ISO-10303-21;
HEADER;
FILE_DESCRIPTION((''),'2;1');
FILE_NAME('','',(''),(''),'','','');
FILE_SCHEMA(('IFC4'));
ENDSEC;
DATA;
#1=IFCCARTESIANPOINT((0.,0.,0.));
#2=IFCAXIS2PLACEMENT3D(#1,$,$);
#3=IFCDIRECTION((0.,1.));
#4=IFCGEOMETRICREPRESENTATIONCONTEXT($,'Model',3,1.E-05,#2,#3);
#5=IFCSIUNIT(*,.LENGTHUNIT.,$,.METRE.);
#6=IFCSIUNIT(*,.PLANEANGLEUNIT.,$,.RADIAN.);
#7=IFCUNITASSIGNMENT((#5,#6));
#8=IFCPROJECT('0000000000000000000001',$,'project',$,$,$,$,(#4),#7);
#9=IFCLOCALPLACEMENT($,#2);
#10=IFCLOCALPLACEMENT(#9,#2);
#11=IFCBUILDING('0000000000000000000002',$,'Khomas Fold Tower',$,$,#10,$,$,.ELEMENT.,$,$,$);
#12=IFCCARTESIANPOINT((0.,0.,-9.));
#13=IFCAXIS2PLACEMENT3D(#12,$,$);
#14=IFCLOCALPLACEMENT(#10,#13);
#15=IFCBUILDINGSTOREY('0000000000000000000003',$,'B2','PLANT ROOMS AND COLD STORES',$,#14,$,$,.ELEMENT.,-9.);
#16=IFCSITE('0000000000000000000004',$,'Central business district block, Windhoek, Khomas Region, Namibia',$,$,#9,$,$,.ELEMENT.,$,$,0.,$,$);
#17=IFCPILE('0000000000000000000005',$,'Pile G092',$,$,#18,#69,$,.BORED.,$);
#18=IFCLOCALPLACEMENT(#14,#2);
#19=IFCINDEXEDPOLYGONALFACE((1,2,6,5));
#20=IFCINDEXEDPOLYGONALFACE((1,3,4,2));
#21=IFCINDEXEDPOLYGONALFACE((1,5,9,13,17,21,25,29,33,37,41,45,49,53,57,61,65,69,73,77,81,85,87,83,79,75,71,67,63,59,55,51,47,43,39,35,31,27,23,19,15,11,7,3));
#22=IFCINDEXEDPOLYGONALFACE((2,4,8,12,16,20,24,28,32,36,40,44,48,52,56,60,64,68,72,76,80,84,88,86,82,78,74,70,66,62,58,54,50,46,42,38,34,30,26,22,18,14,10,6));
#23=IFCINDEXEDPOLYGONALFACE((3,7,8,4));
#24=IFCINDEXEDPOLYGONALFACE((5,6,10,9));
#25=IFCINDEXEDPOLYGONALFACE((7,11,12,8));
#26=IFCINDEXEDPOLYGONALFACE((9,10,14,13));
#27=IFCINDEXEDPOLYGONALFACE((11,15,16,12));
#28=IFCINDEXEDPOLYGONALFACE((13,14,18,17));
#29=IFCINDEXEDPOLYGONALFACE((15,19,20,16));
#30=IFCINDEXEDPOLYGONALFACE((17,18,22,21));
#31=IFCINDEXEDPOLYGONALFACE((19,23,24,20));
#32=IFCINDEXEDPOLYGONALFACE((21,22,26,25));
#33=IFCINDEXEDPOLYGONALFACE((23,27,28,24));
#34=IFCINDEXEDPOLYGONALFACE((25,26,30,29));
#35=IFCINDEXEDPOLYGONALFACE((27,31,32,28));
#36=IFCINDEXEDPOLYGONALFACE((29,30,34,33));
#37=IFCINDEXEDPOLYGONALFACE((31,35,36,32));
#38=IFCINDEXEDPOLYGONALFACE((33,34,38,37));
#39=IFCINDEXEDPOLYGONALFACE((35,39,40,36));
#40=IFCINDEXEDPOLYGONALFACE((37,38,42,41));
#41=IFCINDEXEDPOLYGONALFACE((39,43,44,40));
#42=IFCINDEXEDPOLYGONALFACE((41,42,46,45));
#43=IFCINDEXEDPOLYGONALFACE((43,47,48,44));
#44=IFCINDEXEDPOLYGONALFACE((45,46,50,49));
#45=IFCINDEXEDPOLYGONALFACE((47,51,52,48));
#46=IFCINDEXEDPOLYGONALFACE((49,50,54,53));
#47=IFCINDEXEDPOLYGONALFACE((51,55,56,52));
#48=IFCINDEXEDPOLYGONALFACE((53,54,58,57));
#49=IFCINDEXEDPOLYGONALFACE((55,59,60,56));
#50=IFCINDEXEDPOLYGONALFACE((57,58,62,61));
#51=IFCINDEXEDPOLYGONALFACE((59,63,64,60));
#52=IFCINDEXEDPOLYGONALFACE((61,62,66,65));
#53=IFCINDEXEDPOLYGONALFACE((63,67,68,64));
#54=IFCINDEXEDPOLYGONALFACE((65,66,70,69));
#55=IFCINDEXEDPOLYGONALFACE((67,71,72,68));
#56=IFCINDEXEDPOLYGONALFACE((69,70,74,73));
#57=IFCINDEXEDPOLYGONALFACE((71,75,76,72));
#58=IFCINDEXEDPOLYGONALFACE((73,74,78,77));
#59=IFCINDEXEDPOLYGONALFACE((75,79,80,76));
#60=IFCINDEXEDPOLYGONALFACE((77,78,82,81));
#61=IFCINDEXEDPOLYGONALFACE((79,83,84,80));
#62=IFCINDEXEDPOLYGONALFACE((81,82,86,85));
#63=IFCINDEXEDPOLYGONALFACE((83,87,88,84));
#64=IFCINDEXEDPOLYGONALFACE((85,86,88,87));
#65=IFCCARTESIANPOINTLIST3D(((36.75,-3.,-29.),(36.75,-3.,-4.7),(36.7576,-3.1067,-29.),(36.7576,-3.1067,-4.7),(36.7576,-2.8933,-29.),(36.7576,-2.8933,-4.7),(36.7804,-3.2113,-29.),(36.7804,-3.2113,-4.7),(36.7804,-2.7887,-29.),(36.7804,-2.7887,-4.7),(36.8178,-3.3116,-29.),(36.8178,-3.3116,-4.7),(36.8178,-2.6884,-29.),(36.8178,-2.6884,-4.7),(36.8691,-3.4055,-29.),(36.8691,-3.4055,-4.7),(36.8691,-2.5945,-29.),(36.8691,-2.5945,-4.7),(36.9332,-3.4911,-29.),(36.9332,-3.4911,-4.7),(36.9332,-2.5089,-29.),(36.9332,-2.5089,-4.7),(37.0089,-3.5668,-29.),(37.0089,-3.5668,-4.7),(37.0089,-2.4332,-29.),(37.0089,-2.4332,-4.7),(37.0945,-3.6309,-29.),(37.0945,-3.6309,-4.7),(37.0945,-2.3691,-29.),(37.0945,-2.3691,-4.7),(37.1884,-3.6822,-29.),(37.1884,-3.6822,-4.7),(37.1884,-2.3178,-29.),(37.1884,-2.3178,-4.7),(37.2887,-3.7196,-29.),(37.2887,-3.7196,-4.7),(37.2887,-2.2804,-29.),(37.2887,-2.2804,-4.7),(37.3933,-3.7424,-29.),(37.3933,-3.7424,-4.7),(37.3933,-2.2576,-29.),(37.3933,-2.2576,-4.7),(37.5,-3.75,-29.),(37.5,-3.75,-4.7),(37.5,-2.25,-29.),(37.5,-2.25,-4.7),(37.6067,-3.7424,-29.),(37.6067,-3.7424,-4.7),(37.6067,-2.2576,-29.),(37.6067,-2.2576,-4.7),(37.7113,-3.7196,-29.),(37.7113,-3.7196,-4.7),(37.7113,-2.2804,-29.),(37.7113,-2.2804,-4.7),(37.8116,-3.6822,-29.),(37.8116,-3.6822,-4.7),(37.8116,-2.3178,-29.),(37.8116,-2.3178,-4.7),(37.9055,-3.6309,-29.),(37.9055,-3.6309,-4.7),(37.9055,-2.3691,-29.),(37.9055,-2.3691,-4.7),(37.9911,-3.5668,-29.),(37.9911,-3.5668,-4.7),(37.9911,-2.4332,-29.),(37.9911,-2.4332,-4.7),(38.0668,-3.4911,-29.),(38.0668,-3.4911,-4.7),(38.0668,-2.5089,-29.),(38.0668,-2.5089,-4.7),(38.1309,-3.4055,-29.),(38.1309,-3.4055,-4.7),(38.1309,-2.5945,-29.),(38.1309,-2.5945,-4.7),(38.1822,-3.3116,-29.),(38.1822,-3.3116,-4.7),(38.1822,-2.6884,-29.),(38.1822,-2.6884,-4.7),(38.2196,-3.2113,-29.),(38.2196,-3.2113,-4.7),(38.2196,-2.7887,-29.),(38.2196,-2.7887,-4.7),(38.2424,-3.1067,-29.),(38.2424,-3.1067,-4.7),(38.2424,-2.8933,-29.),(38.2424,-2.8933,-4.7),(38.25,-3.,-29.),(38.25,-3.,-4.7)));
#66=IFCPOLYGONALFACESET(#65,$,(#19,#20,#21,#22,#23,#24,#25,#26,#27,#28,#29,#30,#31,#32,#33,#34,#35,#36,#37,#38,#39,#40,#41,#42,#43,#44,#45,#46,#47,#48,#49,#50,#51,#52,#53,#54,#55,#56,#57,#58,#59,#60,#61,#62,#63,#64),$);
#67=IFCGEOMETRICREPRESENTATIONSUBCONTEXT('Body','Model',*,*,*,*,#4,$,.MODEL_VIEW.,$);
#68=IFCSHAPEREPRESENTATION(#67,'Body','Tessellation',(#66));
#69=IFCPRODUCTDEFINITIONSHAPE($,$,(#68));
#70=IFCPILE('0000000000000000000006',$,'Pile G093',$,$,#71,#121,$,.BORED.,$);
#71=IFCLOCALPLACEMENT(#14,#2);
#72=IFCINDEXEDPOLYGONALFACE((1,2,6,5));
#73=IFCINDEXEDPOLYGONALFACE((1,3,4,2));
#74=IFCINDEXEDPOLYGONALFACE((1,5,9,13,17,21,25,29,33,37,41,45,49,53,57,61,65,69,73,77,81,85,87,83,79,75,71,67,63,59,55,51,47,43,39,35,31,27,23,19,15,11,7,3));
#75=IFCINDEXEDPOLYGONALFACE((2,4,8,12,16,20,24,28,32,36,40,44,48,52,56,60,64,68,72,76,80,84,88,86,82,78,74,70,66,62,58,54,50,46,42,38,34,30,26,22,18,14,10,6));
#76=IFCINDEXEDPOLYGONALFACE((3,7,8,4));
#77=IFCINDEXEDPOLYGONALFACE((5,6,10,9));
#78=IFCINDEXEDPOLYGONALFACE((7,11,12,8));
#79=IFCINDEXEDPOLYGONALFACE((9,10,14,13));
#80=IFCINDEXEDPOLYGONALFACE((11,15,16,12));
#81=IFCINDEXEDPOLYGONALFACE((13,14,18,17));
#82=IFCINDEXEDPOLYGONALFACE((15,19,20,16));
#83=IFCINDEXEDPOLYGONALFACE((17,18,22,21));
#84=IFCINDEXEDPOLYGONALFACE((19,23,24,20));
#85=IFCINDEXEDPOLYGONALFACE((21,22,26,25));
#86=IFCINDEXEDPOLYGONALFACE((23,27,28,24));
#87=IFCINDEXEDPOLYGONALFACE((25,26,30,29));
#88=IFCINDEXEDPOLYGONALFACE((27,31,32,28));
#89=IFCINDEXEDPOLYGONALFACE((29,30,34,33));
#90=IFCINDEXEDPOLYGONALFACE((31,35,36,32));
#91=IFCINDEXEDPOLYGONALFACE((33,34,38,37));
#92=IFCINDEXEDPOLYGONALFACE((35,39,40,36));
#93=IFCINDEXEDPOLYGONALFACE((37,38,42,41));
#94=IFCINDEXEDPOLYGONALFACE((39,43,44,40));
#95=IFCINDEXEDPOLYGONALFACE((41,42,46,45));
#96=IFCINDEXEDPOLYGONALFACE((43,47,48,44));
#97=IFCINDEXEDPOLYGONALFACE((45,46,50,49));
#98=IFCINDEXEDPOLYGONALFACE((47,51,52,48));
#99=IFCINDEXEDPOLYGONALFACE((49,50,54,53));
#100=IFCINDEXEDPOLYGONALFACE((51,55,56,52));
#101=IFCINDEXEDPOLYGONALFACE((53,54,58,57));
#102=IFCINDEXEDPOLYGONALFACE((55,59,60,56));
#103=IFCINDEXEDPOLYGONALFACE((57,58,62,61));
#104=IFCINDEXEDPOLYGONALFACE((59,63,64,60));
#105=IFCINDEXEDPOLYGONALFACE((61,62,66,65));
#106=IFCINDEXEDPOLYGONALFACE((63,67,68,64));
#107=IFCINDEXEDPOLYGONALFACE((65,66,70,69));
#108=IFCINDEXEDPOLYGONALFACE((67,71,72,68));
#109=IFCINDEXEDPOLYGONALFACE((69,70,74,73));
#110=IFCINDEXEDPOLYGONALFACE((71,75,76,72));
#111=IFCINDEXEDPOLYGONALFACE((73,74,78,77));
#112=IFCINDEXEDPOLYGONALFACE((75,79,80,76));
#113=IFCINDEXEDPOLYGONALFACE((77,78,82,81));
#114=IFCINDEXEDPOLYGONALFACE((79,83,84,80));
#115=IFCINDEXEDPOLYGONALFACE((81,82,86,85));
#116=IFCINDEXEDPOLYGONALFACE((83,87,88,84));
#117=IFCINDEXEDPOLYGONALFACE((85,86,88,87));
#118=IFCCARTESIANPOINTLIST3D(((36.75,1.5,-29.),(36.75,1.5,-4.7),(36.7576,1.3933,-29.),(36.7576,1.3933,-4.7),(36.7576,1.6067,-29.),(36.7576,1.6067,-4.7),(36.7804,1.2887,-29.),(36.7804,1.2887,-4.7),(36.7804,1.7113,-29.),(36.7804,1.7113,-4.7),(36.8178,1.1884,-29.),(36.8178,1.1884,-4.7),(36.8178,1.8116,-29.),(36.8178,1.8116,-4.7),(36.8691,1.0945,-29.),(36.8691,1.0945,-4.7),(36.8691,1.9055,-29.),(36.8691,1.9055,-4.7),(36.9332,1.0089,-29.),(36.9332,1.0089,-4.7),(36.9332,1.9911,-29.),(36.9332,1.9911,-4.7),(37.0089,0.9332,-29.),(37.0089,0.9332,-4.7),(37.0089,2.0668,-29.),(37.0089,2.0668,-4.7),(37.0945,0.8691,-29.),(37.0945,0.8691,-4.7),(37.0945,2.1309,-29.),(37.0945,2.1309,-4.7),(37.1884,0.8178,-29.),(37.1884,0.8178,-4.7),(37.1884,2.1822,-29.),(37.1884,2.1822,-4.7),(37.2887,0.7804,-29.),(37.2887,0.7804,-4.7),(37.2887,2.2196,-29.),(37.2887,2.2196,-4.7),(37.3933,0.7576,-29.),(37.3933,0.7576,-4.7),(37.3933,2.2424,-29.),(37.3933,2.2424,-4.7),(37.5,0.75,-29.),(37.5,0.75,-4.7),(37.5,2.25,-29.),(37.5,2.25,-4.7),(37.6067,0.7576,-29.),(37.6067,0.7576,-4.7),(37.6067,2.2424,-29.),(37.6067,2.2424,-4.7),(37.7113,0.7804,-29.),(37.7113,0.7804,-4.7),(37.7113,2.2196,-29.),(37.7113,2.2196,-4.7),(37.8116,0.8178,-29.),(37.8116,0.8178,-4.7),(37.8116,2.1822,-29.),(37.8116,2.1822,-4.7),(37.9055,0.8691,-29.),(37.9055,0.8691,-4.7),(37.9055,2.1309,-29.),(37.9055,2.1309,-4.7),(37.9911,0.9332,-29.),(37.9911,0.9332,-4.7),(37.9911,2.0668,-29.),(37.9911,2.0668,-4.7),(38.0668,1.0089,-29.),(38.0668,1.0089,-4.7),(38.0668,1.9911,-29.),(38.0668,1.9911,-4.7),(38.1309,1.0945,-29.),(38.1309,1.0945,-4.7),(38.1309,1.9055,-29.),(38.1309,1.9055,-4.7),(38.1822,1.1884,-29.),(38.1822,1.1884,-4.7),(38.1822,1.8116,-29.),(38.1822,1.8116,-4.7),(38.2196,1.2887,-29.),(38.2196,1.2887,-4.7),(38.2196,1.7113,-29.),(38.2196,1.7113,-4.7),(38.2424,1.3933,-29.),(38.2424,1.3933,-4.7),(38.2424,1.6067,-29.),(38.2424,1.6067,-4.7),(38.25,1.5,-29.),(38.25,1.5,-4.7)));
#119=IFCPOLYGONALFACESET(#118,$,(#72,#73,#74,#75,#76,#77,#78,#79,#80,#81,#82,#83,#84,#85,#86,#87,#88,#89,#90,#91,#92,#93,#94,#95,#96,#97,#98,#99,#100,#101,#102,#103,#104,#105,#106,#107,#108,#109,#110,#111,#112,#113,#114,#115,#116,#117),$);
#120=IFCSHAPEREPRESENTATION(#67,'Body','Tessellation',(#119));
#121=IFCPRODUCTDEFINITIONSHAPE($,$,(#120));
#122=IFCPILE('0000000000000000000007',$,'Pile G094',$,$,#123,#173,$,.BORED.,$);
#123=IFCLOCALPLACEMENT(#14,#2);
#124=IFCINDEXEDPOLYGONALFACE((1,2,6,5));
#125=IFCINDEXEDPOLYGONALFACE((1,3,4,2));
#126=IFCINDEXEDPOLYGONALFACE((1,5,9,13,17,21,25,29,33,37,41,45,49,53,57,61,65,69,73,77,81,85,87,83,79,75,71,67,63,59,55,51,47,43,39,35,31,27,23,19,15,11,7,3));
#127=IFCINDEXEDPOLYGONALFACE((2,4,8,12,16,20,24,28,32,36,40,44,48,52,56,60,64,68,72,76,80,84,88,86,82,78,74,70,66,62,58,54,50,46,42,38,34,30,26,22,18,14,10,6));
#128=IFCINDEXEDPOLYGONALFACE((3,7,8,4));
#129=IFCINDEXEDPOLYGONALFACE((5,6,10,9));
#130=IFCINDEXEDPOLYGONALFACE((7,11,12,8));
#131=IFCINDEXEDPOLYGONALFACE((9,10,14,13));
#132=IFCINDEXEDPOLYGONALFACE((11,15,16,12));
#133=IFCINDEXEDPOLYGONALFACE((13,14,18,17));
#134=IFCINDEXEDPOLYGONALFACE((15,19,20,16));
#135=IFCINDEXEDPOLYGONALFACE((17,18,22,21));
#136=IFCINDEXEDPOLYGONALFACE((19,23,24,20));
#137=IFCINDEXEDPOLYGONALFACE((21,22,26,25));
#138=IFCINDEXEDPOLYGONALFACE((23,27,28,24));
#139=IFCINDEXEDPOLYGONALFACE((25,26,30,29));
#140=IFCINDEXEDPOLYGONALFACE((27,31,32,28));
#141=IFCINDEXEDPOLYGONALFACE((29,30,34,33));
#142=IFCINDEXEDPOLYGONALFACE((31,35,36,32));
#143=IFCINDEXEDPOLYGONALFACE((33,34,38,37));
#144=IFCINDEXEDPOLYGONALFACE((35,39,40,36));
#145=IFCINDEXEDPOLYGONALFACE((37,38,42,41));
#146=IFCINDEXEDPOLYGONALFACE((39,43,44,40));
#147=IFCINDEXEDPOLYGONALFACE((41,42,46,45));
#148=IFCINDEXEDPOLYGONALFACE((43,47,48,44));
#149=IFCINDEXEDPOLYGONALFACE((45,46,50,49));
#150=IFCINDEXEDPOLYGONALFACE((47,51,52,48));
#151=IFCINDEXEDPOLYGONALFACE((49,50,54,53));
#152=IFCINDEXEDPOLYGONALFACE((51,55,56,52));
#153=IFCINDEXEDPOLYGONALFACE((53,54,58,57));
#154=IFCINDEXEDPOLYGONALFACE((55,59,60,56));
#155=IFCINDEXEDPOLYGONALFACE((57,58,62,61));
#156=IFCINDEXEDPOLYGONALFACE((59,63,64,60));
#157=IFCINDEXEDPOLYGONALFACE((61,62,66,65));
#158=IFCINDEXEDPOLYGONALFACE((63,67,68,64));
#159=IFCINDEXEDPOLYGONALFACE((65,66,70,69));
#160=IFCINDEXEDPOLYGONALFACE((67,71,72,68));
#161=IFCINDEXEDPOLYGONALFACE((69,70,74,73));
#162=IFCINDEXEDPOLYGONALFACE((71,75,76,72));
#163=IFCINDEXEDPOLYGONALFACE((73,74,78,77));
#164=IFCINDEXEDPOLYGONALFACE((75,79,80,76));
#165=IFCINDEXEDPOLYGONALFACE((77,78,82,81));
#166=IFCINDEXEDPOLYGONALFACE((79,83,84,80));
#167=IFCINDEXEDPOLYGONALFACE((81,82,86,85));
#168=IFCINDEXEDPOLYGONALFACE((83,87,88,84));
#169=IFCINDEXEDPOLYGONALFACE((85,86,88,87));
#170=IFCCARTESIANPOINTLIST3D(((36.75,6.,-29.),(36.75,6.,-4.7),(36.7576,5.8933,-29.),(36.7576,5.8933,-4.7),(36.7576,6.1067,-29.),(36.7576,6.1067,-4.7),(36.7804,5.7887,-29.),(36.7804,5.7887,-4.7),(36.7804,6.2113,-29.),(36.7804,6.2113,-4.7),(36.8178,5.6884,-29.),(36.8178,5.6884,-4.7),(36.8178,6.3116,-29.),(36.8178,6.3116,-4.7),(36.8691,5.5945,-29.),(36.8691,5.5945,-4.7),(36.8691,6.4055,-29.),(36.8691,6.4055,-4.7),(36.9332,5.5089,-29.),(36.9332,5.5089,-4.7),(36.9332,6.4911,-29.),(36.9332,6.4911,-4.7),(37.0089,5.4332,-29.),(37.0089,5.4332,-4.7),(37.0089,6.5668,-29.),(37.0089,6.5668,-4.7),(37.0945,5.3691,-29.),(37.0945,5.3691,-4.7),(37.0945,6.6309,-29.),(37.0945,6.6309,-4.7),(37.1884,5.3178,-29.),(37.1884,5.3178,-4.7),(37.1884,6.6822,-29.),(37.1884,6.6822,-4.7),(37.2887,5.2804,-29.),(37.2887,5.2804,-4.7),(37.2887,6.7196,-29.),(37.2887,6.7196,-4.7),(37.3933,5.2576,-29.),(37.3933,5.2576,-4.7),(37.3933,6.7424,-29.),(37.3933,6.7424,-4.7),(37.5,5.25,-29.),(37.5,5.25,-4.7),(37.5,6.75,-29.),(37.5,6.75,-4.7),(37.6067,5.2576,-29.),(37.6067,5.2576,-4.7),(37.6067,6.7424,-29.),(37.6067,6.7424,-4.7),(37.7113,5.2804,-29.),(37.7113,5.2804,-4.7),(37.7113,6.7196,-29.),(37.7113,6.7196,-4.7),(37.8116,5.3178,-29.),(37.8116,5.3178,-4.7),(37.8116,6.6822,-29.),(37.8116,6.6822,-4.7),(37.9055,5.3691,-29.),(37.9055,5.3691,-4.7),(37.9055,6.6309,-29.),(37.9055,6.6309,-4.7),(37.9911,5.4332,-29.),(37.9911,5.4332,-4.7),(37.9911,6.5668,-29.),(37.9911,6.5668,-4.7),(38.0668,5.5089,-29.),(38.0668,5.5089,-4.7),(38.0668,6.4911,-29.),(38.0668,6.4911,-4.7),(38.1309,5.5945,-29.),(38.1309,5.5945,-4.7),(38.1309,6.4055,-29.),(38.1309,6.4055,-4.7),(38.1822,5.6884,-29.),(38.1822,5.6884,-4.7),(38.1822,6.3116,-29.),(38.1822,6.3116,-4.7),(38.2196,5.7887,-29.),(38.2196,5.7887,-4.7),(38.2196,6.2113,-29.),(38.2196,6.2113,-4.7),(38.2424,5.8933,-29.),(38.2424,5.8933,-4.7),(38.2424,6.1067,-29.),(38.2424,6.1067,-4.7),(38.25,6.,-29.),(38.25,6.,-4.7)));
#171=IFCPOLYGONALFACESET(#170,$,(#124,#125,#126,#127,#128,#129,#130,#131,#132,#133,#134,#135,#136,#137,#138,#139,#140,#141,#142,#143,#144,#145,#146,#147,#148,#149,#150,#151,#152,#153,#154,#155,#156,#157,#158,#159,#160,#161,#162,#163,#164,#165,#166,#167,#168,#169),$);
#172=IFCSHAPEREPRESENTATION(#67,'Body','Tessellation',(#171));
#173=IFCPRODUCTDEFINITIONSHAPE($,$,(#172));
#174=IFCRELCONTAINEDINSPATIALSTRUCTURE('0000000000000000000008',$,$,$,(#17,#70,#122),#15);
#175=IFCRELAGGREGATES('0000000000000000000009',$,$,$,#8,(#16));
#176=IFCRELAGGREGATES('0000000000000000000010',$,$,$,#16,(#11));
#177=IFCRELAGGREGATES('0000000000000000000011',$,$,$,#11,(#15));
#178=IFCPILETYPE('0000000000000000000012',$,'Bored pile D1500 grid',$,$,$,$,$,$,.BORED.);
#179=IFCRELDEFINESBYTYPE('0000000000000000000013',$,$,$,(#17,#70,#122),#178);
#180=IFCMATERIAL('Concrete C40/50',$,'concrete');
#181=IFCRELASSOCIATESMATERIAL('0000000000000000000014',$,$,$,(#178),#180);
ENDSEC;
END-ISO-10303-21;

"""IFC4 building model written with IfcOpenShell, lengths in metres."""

from ifc_helpers import new_model, si_unit, direction, frame, origin, origin_2d, place, context, subcontext, project, spatial, circle, extrude, source, transform, mapped, material, material_profile, profile_set, type_object, element, save


model = new_model("IFC4")

# Units and contexts
model_context = context("Model", 3, precision=1e-05, world=origin(), true_north=direction((0.0, 1.0)))
body_context = subcontext(model_context, "Body", "Model", "MODEL_VIEW")
ifc_project = project(units=[si_unit("LENGTHUNIT", "METRE"), si_unit("PLANEANGLEUNIT", "RADIAN")], contexts=[model_context])

# Site, building, storey
site_placement = place(None, origin())
site = spatial("IfcSite", under=ifc_project, at=site_placement, Name="Central business district block, Windhoek, Khomas Region, Namibia", CompositionType="ELEMENT", RefElevation=0.0)
building_placement = place(site_placement, origin())
building = spatial("IfcBuilding", under=site, at=building_placement, Name="Khomas Fold Tower", CompositionType="ELEMENT")
storey_placement = place(building_placement, frame((0.0, 0.0, -9.0)))
storey = spatial("IfcBuildingStorey", under=building, at=storey_placement, Name="B2", Description="PLANT ROOMS AND COLD STORES", CompositionType="ELEMENT", Elevation=-9.0)

# Piles
ifc_material_1 = material(Name="Concrete C40/50", Category="concrete")
ifc_material_profile_1 = material_profile(ifc_material_1, circle(Radius=0.75, at=origin_2d()), Name="PILE D1500")
ifc_profile_set_1 = profile_set([ifc_material_profile_1], Name="Concrete C40/50")
pile_type = type_object("IfcPileType", Name="Bored pile D1500 grid", PredefinedType="BORED", material=ifc_profile_set_1)
shared_shape_1 = source(origin(), body_context, "Body", "SweptSolid", [
    extrude(circle(Radius=0.75, at=origin_2d()), origin(), (0.0, 0.0, 1.0), 24.3),
])
for number, where, z_axis, x_axis, name in (
    (1, (37.5, -3.0, -4.7), (0.0, 0.0, -1.0), (1.0, 0.0, 0.0), "Pile G092"),
    (2, (37.5, 1.5, -4.7), (0.0, 0.0, -1.0), (1.0, 0.0, 0.0), "Pile G093"),
    (3, (37.5, 6.0, -4.7), (0.0, 0.0, -1.0), (1.0, 0.0, 0.0), "Pile G094"),
):
    element("IfcPile", number, at=place(storey_placement, frame(where, z_axis=z_axis, x_axis=x_axis)), inside=storey, type_object=pile_type, Name=name, PredefinedType="BORED", context=body_context, shape_type="MappedRepresentation", body=[
        mapped(shared_shape_1, transform((0.0, 0.0, 0.0))),
    ])

save(model, "model.ifc")
